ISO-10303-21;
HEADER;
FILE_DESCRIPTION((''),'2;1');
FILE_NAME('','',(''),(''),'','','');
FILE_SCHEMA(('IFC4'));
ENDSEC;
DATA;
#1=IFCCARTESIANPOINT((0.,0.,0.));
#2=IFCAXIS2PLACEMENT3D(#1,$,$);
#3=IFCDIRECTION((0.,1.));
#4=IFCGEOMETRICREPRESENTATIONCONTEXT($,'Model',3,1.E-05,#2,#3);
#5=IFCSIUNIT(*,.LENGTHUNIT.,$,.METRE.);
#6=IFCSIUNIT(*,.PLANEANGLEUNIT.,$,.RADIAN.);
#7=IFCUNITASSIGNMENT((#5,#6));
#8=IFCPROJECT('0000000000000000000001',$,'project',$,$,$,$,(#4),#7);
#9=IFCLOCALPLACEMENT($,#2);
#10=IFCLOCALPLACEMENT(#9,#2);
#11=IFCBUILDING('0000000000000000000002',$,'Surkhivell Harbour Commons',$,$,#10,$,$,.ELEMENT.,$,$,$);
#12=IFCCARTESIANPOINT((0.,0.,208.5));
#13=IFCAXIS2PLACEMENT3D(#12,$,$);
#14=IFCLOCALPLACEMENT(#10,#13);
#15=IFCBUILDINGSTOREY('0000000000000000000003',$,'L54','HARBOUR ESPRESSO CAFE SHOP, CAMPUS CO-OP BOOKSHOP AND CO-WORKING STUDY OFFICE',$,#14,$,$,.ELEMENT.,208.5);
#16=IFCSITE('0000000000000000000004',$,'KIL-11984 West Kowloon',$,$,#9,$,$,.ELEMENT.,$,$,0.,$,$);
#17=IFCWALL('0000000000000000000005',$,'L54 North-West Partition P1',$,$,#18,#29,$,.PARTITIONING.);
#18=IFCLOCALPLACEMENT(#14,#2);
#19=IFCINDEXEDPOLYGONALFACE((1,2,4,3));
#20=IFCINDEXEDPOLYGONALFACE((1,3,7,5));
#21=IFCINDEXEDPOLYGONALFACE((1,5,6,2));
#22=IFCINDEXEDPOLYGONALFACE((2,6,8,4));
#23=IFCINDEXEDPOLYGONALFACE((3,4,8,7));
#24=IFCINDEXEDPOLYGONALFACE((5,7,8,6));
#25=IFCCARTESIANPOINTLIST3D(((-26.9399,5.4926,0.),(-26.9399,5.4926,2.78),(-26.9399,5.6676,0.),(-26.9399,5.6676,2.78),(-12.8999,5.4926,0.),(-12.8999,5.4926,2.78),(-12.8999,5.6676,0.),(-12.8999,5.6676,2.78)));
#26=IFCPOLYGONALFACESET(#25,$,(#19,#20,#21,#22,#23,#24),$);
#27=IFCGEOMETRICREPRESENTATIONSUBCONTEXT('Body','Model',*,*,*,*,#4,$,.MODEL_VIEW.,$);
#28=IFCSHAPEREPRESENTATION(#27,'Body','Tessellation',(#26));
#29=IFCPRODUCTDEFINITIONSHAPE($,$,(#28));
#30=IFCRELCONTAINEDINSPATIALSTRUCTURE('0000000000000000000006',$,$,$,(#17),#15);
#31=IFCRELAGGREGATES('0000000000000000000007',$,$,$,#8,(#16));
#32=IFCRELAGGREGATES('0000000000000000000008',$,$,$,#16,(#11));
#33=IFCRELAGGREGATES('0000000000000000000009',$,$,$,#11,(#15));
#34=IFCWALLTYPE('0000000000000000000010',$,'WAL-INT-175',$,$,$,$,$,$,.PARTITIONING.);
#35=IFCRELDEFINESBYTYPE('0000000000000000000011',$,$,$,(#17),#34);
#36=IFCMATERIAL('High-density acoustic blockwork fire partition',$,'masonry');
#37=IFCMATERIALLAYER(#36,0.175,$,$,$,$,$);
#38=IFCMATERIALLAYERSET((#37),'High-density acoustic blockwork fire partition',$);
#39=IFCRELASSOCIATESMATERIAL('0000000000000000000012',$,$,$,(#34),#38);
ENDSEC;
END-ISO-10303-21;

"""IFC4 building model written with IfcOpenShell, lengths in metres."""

from ifc_helpers import new_model, si_unit, direction, frame, frame_2d, origin, place, context, subcontext, project, spatial, rectangle, extrude, material, layer, layer_set, type_object, element, save


model = new_model("IFC4")

# Units and contexts
model_context = context("Model", 3, precision=1e-05, world=origin(), true_north=direction((0.0, 1.0)))
body_context = subcontext(model_context, "Body", "Model", "MODEL_VIEW")
ifc_project = project(units=[si_unit("LENGTHUNIT", "METRE"), si_unit("PLANEANGLEUNIT", "RADIAN")], contexts=[model_context])

# Site, building, storey
site_placement = place(None, origin())
site = spatial("IfcSite", under=ifc_project, at=site_placement, Name="KIL-11984 West Kowloon", CompositionType="ELEMENT", RefElevation=0.0)
building_placement = place(site_placement, origin())
building = spatial("IfcBuilding", under=site, at=building_placement, Name="Surkhivell Harbour Commons", CompositionType="ELEMENT")
storey_placement = place(building_placement, frame((0.0, 0.0, 208.5)))
storey = spatial("IfcBuildingStorey", under=building, at=storey_placement, Name="L54", Description="HARBOUR ESPRESSO CAFE SHOP, CAMPUS CO-OP BOOKSHOP AND CO-WORKING STUDY OFFICE", CompositionType="ELEMENT", Elevation=208.5)

# Wall
ifc_material_1 = material(Name="High-density acoustic blockwork fire partition", Category="masonry")
ifc_layer_1 = layer(ifc_material_1, 0.175)
ifc_layer_set_1 = layer_set([ifc_layer_1], Name="High-density acoustic blockwork fire partition")
wall_type_1 = type_object("IfcWallType", Name="WAL-INT-175", PredefinedType="PARTITIONING", material=ifc_layer_set_1)
wall_1_placement = place(storey_placement, frame((-26.9399, 5.5801, 0.0), z_axis=(0.0, 0.0, 1.0), x_axis=(1.0, 0.0, 0.0)))
element("IfcWall", 1, at=wall_1_placement, inside=storey, type_object=wall_type_1, Name="L54 North-West Partition P1", PredefinedType="PARTITIONING", context=body_context, shape_type="SweptSolid", body=[
    extrude(rectangle(XDim=14.04, YDim=0.175, at=frame_2d((7.02, 0.0))), origin(), (0.0, 0.0, 1.0), 2.78),
])

save(model, "model.ifc")
